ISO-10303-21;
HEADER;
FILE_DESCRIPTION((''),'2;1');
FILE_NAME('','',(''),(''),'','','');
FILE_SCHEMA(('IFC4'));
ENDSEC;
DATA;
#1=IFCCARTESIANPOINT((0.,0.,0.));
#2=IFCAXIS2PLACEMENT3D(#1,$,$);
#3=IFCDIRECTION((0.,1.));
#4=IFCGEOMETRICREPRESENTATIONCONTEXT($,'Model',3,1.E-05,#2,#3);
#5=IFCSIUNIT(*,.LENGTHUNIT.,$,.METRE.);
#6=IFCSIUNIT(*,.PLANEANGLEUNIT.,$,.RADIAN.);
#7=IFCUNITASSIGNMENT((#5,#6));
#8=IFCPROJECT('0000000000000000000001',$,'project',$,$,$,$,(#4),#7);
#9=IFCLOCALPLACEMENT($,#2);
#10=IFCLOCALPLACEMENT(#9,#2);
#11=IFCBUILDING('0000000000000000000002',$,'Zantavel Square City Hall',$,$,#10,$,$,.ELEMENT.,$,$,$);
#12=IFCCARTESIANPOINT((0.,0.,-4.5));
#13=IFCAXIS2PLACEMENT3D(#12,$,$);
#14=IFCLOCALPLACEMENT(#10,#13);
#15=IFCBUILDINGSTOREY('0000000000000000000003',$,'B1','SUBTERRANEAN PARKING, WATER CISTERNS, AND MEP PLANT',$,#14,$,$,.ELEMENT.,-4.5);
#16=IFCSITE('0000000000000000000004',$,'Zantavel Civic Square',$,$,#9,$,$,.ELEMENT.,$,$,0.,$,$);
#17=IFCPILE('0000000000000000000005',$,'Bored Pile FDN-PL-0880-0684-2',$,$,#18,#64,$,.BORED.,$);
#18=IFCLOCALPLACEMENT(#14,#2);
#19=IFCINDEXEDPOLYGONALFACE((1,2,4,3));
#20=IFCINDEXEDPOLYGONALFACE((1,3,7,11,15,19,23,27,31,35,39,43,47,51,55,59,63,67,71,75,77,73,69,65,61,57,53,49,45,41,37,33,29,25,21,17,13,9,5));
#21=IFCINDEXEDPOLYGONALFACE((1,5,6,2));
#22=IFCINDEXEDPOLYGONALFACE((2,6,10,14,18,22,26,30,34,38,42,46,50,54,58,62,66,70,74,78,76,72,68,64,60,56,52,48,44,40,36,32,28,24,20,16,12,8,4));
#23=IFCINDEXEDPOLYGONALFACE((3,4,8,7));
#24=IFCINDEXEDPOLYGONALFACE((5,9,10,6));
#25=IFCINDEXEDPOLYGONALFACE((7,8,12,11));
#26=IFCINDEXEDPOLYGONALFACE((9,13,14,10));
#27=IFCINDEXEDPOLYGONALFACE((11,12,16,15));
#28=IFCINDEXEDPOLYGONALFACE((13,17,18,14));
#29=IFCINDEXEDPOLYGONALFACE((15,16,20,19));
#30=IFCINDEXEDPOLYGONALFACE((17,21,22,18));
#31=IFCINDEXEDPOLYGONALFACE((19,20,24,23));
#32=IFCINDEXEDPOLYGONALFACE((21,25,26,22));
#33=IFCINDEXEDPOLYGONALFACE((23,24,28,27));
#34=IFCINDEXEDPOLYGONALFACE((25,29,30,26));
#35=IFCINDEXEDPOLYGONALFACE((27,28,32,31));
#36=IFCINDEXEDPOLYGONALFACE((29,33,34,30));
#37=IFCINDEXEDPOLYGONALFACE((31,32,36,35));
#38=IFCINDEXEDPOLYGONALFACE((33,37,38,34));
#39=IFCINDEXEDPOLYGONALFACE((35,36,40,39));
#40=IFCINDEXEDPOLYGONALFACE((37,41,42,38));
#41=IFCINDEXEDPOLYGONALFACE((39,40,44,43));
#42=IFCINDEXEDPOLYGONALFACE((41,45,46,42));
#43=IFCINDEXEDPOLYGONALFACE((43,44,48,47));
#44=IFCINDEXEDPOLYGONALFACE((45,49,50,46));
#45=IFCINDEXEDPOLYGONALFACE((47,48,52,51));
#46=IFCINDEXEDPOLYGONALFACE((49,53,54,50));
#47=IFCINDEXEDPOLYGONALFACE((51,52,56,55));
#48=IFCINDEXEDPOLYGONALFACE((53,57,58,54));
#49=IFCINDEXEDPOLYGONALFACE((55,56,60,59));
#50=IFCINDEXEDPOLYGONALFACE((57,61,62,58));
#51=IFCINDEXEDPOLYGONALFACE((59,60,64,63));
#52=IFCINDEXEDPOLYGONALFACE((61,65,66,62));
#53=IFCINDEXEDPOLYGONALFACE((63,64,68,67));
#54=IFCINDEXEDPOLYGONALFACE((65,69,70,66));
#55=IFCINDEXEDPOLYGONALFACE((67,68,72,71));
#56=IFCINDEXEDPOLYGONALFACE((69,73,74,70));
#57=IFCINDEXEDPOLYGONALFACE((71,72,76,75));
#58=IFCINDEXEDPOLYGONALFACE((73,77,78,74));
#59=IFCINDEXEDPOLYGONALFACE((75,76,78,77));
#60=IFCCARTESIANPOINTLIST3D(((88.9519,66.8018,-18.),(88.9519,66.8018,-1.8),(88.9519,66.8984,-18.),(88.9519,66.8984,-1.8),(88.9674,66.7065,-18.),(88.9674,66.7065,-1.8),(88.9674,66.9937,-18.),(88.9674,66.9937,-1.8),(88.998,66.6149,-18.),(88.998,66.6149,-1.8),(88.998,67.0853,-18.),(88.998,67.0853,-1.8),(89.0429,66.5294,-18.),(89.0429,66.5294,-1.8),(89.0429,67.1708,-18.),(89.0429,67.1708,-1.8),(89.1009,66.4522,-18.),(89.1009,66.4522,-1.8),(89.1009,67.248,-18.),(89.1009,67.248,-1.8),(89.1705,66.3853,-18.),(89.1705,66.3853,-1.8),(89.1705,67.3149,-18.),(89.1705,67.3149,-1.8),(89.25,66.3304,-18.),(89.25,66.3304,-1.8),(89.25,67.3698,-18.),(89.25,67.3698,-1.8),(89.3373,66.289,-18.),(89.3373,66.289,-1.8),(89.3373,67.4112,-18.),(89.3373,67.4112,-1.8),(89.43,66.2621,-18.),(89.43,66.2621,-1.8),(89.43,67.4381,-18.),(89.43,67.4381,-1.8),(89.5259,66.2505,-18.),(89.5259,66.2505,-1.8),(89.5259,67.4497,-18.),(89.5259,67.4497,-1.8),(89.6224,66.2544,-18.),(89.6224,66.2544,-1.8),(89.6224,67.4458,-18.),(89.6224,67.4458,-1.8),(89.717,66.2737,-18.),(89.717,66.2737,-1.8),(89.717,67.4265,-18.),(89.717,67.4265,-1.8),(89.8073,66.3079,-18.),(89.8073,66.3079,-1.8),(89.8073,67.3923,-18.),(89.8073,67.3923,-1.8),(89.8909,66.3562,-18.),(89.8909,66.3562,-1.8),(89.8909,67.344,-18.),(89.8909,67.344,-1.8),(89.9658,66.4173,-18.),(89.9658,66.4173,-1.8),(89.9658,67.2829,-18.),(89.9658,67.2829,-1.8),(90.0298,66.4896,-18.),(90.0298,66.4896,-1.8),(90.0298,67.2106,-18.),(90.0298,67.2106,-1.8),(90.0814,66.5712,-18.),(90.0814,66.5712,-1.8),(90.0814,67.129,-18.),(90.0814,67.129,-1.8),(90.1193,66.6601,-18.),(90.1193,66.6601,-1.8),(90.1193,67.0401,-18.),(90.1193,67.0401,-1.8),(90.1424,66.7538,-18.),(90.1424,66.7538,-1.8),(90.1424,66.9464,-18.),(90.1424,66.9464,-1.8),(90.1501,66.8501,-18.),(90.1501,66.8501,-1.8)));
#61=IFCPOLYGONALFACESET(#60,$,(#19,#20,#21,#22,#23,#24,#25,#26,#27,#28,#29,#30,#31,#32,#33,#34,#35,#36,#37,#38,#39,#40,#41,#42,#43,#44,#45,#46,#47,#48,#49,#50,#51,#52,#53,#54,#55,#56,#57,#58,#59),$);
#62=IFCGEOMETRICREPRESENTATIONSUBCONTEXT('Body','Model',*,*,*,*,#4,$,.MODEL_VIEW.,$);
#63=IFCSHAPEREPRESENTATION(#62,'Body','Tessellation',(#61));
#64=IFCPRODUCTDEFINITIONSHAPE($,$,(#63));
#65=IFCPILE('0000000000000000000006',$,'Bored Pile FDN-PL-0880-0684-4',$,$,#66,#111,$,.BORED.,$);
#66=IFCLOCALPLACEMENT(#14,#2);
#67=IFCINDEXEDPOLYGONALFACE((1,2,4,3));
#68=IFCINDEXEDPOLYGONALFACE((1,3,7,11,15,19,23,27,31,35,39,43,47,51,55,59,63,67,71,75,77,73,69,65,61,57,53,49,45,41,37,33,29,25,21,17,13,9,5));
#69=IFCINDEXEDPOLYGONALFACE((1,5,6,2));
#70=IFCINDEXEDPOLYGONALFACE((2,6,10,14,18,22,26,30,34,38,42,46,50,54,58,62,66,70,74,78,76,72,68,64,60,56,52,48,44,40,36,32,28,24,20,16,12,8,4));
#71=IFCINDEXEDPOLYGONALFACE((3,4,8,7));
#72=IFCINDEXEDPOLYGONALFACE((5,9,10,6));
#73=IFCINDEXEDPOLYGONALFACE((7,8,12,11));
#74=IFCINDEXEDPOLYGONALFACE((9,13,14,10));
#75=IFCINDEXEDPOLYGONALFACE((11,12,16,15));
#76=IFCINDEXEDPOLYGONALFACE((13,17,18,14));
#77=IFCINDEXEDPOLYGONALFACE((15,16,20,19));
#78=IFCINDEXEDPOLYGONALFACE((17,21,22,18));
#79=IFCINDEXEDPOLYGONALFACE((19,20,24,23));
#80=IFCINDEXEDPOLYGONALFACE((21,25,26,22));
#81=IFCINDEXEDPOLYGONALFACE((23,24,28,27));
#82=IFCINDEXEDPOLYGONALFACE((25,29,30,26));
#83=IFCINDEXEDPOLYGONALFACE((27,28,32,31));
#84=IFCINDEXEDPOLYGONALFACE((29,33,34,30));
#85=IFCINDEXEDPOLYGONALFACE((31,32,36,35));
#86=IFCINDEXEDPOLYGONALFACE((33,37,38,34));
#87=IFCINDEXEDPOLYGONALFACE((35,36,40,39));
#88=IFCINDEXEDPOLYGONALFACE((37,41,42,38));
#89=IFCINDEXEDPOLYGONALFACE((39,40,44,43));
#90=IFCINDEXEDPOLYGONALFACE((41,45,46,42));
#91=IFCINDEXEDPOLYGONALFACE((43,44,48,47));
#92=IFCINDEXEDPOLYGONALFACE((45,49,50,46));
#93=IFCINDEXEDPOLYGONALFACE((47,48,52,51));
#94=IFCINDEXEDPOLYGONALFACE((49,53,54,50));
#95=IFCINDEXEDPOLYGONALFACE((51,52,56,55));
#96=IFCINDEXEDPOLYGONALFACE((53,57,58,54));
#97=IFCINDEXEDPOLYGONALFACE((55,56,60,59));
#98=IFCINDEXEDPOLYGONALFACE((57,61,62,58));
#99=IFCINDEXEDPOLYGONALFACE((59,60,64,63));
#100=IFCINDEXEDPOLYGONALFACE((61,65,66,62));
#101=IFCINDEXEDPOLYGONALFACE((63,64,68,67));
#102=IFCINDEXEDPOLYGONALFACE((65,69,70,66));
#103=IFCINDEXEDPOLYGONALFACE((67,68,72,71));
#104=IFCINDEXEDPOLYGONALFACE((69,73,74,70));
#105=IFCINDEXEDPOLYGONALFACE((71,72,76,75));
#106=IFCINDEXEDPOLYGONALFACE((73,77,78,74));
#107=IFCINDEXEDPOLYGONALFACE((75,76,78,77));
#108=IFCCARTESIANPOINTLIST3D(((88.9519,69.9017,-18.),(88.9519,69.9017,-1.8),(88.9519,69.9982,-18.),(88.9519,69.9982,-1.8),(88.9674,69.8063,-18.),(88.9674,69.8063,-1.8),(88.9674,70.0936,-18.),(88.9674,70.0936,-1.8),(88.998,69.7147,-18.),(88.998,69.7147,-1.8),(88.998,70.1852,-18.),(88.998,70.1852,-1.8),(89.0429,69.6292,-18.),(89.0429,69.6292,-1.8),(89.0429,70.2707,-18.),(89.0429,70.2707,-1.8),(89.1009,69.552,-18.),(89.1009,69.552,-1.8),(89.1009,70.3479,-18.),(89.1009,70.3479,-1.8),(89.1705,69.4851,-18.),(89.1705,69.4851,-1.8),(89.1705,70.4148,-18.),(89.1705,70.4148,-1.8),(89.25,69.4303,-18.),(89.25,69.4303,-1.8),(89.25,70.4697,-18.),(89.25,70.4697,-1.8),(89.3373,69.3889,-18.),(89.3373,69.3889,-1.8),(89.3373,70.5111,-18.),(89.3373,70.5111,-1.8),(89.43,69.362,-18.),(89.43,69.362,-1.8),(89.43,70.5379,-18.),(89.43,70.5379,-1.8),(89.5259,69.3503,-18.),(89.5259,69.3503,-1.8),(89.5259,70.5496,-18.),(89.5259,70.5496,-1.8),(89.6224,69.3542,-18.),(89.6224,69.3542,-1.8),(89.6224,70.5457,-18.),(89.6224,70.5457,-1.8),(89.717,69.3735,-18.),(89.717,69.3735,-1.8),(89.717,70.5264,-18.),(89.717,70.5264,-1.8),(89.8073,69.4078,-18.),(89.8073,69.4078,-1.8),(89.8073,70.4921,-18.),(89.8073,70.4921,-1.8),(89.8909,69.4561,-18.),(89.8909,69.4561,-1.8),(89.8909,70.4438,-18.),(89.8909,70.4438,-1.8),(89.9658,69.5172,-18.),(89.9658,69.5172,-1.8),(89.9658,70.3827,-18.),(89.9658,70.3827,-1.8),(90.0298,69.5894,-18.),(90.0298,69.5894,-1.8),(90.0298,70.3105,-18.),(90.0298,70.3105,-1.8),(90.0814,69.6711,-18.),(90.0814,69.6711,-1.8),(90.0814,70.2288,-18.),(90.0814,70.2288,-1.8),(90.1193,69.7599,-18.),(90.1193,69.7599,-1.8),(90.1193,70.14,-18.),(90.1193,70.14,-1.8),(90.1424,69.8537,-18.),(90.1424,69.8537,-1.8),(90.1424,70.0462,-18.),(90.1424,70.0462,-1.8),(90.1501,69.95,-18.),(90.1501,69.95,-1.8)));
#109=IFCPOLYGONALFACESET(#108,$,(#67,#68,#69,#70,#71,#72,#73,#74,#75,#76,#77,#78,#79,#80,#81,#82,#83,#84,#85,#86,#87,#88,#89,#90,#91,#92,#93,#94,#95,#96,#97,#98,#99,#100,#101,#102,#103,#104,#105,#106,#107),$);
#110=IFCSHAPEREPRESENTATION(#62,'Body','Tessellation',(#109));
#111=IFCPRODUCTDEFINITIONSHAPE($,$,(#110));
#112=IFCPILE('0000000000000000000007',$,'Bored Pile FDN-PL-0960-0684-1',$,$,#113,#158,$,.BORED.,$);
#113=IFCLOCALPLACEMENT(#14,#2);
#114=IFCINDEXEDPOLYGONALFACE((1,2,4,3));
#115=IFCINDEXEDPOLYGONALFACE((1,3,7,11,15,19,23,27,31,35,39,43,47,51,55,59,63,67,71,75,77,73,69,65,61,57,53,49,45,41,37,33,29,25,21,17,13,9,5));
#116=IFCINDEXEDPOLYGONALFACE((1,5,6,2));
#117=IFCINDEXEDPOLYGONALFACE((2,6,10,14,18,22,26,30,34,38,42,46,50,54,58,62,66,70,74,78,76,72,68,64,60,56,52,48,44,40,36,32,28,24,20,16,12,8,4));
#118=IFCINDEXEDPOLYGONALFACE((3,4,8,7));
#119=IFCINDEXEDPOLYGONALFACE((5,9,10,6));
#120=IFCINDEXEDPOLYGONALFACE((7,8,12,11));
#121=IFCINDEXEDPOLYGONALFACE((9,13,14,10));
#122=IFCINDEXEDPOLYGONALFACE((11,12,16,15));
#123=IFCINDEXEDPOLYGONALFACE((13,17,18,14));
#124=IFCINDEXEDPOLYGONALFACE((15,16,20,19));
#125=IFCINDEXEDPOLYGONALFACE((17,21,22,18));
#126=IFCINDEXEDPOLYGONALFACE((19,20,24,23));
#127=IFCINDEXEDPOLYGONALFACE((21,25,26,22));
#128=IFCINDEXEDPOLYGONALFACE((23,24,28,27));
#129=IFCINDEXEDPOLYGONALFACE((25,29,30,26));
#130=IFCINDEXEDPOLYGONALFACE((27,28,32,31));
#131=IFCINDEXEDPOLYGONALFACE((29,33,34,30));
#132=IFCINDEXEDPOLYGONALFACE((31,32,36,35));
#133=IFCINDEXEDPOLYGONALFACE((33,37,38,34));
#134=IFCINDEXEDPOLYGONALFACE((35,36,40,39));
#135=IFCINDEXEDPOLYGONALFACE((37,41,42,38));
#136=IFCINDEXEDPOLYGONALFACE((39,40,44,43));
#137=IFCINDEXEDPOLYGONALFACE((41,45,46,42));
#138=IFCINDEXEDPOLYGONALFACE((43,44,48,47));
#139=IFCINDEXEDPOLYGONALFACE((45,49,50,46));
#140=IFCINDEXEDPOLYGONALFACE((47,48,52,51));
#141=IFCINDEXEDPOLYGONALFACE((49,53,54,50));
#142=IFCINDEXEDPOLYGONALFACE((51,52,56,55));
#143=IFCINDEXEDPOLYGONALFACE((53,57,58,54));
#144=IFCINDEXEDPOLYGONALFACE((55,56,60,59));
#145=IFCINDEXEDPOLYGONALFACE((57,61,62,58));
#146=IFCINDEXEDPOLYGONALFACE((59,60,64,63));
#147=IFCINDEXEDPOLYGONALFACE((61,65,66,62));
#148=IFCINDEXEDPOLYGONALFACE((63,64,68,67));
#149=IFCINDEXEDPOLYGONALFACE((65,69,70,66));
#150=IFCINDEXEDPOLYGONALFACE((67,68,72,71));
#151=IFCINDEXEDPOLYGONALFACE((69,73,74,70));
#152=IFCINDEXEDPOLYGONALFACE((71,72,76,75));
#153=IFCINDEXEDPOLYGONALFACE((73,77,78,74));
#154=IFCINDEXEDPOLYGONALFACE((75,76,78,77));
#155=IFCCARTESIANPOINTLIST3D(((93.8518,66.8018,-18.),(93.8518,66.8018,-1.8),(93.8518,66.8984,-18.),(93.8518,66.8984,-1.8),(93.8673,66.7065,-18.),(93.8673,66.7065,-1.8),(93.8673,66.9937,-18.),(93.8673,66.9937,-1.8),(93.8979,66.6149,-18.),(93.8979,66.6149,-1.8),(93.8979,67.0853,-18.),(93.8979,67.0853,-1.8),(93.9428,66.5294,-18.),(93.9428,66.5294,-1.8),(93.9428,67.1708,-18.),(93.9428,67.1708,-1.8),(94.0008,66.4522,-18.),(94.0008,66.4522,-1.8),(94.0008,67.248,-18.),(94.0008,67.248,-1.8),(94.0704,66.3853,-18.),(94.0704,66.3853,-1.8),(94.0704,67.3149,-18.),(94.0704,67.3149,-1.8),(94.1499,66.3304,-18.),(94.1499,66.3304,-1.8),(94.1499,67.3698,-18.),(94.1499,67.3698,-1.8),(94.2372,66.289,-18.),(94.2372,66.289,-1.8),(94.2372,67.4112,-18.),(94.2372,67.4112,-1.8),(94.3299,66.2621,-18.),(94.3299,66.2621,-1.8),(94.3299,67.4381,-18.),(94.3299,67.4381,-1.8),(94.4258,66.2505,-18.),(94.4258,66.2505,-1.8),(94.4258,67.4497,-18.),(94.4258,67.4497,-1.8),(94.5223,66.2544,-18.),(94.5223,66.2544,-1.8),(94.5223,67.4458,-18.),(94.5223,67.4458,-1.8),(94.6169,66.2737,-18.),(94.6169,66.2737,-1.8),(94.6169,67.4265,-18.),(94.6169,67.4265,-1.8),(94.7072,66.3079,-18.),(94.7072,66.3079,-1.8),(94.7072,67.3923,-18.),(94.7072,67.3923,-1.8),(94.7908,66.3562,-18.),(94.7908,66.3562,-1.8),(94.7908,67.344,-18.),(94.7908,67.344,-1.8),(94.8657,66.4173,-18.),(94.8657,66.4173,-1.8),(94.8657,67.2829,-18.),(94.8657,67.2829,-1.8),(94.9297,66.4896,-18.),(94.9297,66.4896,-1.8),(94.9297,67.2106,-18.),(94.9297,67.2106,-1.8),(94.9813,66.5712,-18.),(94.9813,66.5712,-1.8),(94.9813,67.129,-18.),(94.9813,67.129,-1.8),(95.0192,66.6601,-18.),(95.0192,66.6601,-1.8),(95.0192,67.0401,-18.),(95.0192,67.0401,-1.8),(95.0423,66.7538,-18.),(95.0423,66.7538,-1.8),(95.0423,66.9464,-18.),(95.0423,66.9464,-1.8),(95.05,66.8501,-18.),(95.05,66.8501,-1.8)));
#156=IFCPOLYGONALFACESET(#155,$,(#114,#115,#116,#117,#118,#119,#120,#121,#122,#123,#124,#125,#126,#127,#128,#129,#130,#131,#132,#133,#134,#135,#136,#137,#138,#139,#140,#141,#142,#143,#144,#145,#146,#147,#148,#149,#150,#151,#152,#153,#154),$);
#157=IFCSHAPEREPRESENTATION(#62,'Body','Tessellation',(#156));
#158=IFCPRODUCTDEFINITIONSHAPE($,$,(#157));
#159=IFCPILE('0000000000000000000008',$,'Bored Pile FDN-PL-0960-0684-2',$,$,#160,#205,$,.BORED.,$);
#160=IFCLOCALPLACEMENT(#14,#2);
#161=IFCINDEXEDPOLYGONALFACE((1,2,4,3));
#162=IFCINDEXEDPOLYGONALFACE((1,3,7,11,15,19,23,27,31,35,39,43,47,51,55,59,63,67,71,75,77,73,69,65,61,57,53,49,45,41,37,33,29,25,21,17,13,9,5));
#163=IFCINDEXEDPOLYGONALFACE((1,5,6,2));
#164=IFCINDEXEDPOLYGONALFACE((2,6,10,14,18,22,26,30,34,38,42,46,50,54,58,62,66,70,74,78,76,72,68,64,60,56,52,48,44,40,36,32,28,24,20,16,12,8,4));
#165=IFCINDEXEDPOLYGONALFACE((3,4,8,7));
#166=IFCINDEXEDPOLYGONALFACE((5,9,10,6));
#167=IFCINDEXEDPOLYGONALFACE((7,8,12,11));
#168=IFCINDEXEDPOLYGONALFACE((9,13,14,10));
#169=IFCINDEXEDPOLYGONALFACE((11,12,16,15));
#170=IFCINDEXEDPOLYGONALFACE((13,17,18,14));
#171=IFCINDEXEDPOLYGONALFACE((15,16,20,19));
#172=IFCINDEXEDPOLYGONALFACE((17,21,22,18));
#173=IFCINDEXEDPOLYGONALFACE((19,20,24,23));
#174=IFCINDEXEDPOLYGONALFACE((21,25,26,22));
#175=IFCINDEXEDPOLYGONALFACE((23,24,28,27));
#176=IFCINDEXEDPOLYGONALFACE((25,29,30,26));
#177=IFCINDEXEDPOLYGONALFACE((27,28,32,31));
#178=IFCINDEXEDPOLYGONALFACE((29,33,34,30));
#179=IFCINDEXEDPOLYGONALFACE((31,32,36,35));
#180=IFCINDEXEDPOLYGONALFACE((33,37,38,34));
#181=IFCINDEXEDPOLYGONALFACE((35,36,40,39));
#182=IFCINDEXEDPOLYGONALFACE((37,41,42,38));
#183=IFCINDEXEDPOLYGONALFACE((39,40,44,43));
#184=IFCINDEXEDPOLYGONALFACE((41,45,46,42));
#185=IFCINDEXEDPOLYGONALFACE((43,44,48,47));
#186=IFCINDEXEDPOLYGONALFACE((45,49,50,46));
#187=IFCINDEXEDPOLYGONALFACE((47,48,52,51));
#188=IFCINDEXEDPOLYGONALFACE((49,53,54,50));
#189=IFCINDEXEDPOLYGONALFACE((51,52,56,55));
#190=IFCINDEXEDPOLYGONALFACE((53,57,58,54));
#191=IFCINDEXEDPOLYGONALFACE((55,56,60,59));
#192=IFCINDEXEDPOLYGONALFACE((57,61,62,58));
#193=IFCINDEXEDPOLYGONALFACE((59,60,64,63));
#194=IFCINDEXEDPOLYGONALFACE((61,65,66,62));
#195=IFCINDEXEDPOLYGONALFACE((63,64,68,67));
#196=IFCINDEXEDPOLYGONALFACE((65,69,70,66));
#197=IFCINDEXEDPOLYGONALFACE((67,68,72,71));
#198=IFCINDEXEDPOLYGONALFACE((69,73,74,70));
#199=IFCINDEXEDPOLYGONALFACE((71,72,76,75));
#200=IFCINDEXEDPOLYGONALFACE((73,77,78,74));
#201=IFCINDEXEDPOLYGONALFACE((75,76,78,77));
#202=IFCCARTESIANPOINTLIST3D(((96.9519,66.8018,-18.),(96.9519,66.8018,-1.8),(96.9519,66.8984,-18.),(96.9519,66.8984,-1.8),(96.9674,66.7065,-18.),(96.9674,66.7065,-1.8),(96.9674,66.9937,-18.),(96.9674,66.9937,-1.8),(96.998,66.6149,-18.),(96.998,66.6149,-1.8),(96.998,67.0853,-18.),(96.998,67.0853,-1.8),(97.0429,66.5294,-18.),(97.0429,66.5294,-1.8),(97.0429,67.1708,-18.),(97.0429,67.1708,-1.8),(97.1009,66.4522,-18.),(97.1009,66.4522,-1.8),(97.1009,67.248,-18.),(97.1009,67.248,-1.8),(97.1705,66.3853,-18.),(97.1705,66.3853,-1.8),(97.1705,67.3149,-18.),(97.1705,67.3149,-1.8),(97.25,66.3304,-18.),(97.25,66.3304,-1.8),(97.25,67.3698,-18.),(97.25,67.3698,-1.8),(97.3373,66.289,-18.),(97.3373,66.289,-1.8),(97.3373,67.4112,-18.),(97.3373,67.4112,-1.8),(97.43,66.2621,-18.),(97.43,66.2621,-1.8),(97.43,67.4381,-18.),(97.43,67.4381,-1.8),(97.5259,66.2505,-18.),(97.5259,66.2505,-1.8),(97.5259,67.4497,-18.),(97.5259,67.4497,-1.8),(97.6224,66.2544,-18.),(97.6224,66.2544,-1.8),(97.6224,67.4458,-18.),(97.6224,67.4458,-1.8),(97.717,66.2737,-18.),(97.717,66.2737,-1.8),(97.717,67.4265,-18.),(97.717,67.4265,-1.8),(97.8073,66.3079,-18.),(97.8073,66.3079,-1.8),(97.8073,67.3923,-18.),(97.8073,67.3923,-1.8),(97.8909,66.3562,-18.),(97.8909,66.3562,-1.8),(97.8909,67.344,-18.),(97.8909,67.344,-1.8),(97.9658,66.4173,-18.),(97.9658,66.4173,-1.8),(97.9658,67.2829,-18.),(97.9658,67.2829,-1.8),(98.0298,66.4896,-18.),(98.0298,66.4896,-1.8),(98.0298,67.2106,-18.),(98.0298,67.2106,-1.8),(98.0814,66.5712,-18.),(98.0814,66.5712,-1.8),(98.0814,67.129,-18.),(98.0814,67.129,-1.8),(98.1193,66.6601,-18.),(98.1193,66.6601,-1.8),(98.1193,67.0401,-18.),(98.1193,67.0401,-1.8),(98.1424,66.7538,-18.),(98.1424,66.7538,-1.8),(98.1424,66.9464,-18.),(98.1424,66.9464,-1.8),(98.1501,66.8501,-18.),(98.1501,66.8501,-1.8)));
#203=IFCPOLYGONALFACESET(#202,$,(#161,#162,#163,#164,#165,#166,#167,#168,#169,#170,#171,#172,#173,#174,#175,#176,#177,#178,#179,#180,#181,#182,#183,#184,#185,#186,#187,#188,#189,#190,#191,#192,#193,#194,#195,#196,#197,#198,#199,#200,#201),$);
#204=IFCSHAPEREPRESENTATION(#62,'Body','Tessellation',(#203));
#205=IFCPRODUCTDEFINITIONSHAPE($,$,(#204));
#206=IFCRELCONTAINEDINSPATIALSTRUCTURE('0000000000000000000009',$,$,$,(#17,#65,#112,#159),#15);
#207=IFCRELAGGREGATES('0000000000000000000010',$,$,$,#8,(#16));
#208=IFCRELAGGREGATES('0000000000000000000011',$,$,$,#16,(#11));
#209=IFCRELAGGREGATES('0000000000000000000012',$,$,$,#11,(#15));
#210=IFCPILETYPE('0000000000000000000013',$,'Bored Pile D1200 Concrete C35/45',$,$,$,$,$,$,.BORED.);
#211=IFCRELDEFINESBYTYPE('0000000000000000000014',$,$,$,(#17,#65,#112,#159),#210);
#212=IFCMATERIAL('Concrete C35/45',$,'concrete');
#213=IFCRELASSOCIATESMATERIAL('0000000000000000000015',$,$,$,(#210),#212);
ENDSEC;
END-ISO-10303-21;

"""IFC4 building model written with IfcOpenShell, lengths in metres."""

from ifc_helpers import new_model, si_unit, direction, frame, origin, origin_2d, place, context, subcontext, project, spatial, circle, extrude, material, material_profile, profile_set, type_object, element, save


model = new_model("IFC4")

# Units and contexts
model_context = context("Model", 3, precision=1e-05, world=origin(), true_north=direction((0.0, 1.0)))
body_context = subcontext(model_context, "Body", "Model", "MODEL_VIEW")
ifc_project = project(units=[si_unit("LENGTHUNIT", "METRE"), si_unit("PLANEANGLEUNIT", "RADIAN")], contexts=[model_context])

# Site, building, storey
site_placement = place(None, origin())
site = spatial("IfcSite", under=ifc_project, at=site_placement, Name="Zantavel Civic Square", CompositionType="ELEMENT", RefElevation=0.0)
building_placement = place(site_placement, origin())
building = spatial("IfcBuilding", under=site, at=building_placement, Name="Zantavel Square City Hall", CompositionType="ELEMENT")
storey_placement = place(building_placement, frame((0.0, 0.0, -4.5)))
storey = spatial("IfcBuildingStorey", under=building, at=storey_placement, Name="B1", Description="SUBTERRANEAN PARKING, WATER CISTERNS, AND MEP PLANT", CompositionType="ELEMENT", Elevation=-4.5)

# Piles
ifc_material_1 = material(Name="Concrete C35/45", Category="concrete")
ifc_material_profile_1 = material_profile(ifc_material_1, circle(Radius=0.6001, at=origin_2d()), Name="PILE D1200")
ifc_profile_set_1 = profile_set([ifc_material_profile_1], Name="Concrete C35/45")
pile_type_1 = type_object("IfcPileType", Name="Bored Pile D1200 Concrete C35/45", PredefinedType="BORED", material=ifc_profile_set_1)
for number, where, z_axis, x_axis, name in (
    (1, (89.55, 66.8501, -1.8), (0.0, 0.0, -1.0), (1.0, 0.0, 0.0), "Bored Pile FDN-PL-0880-0684-2"),
    (2, (89.55, 69.95, -1.8), (0.0, 0.0, -1.0), (1.0, 0.0, 0.0), "Bored Pile FDN-PL-0880-0684-4"),
    (3, (94.45, 66.8501, -1.8), (0.0, 0.0, -1.0), (1.0, 0.0, 0.0), "Bored Pile FDN-PL-0960-0684-1"),
    (4, (97.55, 66.8501, -1.8), (0.0, 0.0, -1.0), (1.0, 0.0, 0.0), "Bored Pile FDN-PL-0960-0684-2"),
):
    element("IfcPile", number, at=place(storey_placement, frame(where, z_axis=z_axis, x_axis=x_axis)), inside=storey, type_object=pile_type_1, Name=name, PredefinedType="BORED", context=body_context, shape_type="SweptSolid", body=[
        extrude(circle(Radius=0.6001, at=origin_2d()), origin(), (0.0, 0.0, 1.0), 16.2),
    ])

save(model, "model.ifc")
